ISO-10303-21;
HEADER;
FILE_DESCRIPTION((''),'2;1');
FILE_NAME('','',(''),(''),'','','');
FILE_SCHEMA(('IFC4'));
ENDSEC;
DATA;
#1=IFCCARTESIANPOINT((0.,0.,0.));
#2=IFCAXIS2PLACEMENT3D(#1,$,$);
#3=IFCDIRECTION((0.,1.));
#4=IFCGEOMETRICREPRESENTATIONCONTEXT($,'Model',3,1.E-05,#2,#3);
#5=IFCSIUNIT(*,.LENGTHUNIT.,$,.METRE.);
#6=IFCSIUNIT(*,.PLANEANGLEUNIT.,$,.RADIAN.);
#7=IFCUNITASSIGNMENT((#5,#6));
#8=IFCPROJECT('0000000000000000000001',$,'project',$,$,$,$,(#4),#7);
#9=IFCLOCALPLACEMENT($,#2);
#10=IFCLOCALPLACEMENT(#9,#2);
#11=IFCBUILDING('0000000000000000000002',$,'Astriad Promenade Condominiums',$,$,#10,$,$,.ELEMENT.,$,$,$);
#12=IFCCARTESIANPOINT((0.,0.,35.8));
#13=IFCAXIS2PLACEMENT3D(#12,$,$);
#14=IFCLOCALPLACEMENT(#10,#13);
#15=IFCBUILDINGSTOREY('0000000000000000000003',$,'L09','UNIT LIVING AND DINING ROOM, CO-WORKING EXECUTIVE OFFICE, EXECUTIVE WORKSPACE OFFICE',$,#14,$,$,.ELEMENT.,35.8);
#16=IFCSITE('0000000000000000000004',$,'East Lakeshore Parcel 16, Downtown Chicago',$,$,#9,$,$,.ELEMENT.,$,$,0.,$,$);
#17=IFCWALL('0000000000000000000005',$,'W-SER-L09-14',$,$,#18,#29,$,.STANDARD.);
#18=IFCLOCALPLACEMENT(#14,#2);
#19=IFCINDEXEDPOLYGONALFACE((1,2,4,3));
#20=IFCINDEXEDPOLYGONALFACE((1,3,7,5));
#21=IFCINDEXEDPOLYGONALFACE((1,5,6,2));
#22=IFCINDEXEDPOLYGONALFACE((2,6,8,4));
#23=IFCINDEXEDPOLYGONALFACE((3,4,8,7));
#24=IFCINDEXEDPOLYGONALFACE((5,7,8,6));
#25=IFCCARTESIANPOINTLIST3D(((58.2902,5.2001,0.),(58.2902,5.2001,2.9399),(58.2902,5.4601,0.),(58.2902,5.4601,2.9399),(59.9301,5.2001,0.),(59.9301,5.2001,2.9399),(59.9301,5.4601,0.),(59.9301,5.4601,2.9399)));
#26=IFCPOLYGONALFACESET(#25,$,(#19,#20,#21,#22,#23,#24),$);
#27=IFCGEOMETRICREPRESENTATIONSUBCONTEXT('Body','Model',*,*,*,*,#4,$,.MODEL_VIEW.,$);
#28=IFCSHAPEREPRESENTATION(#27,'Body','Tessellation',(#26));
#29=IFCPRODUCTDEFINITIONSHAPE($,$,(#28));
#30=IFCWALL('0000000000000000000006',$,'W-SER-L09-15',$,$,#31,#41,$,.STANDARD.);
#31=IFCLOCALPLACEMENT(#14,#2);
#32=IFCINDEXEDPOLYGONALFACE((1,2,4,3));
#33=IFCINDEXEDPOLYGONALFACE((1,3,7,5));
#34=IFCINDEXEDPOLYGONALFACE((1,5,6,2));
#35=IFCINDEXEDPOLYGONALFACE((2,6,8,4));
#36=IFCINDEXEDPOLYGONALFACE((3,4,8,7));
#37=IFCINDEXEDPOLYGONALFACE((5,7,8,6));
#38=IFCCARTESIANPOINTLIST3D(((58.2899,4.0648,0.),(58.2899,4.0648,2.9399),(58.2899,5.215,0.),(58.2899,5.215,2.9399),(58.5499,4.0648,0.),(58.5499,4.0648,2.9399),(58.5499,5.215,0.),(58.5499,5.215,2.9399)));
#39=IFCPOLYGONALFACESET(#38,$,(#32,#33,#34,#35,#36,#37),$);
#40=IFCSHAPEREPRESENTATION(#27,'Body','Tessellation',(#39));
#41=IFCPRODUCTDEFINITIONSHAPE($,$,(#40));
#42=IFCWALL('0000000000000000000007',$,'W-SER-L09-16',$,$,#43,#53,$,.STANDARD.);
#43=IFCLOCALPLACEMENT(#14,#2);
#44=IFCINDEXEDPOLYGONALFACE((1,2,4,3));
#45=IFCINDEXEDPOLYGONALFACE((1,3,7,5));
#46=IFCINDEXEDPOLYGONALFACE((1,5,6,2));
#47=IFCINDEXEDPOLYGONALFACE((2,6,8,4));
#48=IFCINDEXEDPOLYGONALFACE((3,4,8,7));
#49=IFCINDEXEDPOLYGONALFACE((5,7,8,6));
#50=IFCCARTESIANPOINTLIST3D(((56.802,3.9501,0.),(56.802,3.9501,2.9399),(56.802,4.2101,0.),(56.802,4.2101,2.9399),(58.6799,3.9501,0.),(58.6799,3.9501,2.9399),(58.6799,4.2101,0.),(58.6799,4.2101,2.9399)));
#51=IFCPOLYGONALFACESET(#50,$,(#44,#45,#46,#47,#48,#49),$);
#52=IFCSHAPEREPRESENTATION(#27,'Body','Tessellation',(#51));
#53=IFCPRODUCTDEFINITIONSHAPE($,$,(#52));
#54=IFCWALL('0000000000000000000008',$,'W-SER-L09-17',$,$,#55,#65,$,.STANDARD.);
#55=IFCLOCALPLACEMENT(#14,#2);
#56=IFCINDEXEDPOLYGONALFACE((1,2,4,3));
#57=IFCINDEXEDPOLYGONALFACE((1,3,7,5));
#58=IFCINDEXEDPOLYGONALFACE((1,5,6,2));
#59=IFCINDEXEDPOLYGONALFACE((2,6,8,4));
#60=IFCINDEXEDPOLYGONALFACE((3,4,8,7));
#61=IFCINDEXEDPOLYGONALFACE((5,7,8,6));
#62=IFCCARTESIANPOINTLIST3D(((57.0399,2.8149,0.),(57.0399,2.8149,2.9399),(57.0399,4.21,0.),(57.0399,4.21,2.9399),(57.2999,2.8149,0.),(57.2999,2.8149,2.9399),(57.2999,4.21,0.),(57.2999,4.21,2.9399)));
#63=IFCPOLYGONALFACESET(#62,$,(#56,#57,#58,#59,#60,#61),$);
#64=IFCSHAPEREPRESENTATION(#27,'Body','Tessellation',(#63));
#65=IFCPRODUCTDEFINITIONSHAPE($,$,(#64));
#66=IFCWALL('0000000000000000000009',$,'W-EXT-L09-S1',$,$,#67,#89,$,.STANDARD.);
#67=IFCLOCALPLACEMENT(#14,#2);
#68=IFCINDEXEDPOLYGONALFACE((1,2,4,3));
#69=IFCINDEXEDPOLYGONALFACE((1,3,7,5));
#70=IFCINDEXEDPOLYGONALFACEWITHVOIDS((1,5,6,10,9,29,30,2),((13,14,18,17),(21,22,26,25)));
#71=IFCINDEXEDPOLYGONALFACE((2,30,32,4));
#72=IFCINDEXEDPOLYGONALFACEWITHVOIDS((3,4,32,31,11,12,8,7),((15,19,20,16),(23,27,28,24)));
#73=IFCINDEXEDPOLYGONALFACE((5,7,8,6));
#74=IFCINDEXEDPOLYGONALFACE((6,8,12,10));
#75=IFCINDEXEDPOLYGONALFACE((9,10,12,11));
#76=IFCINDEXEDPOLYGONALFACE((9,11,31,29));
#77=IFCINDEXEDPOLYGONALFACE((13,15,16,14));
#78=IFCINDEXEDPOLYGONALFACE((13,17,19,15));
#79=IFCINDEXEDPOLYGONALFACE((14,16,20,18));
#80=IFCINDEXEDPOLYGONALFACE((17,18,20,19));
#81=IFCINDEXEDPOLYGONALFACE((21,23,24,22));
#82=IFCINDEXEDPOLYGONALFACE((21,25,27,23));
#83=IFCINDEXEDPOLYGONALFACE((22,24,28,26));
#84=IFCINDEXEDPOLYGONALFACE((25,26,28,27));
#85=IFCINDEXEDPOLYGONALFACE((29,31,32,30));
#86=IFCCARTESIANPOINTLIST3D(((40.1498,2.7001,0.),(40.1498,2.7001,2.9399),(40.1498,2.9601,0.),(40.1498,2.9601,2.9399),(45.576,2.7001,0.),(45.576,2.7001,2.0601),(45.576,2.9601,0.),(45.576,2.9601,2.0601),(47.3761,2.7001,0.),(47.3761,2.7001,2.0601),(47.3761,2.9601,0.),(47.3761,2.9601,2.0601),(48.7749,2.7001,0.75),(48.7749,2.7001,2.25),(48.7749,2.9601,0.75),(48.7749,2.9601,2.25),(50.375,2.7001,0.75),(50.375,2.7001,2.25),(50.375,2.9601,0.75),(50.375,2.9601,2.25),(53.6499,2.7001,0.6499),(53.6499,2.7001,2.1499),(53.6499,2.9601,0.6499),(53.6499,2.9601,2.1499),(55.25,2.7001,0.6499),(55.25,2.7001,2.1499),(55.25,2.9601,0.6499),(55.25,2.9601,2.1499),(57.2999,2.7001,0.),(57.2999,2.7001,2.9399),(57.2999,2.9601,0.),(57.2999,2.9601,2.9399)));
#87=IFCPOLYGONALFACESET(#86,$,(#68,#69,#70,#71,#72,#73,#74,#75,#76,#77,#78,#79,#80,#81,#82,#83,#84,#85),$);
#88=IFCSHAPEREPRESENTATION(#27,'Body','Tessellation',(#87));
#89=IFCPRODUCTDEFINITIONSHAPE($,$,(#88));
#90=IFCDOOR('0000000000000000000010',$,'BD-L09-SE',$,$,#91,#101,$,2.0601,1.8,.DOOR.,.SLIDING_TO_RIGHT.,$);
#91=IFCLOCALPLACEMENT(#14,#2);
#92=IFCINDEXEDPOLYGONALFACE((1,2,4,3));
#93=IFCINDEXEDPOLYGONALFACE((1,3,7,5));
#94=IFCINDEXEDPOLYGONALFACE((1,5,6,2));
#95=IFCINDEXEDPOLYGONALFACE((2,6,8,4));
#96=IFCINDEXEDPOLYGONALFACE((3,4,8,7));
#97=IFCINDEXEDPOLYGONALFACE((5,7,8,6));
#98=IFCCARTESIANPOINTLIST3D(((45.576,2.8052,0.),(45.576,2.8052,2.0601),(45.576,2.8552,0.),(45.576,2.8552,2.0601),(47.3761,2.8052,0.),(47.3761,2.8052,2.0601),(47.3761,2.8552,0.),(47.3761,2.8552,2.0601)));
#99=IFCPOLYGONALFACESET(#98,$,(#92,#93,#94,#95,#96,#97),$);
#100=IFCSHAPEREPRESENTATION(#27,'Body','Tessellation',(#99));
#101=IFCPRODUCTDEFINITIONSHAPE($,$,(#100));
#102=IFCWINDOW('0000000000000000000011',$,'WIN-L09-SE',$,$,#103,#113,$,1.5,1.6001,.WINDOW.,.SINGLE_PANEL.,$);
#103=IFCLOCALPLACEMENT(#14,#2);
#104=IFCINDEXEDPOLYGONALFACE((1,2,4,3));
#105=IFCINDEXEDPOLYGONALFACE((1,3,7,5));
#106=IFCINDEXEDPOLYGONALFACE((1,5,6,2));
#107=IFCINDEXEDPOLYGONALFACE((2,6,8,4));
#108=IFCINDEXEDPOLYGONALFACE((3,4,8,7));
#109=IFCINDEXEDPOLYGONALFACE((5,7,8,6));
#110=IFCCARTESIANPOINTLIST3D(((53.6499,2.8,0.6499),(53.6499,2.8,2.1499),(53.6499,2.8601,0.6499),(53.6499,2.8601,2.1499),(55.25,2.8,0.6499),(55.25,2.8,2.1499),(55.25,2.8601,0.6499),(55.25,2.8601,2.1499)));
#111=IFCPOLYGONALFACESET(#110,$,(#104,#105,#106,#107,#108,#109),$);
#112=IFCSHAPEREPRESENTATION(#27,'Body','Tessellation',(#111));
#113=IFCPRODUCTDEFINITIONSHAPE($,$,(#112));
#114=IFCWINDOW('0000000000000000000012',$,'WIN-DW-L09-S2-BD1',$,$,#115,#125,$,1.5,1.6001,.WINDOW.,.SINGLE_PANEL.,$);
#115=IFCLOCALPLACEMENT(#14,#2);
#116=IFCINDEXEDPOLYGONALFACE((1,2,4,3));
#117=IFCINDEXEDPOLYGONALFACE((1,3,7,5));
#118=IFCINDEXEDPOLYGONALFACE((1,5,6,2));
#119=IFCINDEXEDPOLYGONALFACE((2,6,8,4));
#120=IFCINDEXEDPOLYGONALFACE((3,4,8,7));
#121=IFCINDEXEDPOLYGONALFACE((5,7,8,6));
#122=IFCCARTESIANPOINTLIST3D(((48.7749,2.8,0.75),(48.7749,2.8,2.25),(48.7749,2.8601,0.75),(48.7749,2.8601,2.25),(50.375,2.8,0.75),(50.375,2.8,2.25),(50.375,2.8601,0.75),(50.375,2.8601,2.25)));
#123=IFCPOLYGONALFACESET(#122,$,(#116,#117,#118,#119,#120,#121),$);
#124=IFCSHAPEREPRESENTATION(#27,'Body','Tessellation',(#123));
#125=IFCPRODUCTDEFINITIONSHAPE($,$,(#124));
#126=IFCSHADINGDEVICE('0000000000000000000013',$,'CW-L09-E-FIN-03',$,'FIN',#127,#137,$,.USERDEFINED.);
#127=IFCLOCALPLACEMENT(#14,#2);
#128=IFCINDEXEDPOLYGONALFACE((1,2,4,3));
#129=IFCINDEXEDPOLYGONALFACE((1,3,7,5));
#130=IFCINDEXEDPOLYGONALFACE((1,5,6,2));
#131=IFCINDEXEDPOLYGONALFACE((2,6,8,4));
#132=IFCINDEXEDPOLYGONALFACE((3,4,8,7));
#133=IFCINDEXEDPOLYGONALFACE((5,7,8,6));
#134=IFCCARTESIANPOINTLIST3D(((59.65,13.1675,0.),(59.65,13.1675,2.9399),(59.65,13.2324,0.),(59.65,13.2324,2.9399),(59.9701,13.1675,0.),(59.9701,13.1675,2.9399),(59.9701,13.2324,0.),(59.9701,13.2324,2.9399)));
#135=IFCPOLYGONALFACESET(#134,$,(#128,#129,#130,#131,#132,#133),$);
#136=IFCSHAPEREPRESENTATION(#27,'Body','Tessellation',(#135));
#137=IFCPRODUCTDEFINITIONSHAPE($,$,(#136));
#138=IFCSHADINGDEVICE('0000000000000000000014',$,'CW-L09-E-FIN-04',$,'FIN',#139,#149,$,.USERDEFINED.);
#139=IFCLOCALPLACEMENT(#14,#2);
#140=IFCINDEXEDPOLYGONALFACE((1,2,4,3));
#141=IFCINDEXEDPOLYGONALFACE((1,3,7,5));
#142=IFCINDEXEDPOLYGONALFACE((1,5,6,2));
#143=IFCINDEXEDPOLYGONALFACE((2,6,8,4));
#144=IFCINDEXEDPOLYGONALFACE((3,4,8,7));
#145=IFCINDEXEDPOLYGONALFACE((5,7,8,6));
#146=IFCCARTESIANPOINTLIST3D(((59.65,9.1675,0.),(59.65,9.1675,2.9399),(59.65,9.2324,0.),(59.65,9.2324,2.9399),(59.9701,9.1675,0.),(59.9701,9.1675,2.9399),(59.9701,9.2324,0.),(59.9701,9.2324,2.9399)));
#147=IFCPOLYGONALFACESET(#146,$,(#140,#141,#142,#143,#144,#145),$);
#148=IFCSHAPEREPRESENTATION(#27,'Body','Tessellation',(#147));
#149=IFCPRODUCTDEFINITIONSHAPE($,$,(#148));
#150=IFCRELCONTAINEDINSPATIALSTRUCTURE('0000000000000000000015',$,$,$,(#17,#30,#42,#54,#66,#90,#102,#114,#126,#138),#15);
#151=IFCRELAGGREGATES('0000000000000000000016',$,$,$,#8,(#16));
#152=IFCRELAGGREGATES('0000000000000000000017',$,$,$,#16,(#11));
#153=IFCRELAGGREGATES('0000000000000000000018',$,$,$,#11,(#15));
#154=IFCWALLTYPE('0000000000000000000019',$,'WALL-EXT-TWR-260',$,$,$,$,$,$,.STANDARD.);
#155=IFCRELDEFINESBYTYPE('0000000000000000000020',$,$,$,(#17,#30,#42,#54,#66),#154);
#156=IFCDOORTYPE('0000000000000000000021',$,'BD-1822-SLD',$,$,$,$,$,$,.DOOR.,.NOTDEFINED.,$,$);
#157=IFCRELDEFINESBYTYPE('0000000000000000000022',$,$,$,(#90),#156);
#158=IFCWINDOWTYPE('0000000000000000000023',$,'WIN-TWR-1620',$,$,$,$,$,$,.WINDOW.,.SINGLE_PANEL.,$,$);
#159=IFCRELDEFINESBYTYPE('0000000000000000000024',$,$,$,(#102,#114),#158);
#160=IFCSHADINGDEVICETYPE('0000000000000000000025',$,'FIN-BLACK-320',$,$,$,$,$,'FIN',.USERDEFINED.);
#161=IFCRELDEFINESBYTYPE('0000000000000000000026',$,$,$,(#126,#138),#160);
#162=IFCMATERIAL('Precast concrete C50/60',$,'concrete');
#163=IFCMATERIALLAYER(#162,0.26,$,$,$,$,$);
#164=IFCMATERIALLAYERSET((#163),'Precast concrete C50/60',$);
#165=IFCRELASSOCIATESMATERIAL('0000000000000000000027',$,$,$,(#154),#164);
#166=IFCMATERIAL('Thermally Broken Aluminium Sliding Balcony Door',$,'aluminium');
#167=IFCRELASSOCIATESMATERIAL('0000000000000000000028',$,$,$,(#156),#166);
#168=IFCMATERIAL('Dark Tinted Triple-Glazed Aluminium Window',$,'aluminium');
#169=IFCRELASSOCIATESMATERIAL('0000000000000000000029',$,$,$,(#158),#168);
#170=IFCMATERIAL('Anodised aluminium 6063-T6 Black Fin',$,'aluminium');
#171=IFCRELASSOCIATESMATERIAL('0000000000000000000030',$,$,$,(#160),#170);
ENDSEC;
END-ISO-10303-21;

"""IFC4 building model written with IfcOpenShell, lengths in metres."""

from ifc_helpers import new_model, si_unit, direction, frame, frame_2d, origin, origin_2d, place, context, subcontext, project, spatial, rectangle, extrude, source, transform, mapped, material, layer, layer_set, type_object, type_shapes, element, fill, save


model = new_model("IFC4")

# Units and contexts
model_context = context("Model", 3, precision=1e-05, world=origin(), true_north=direction((0.0, 1.0)))
body_context = subcontext(model_context, "Body", "Model", "MODEL_VIEW")
ifc_project = project(units=[si_unit("LENGTHUNIT", "METRE"), si_unit("PLANEANGLEUNIT", "RADIAN")], contexts=[model_context])

# Site, building, storey
site_placement = place(None, origin())
site = spatial("IfcSite", under=ifc_project, at=site_placement, Name="East Lakeshore Parcel 16, Downtown Chicago", CompositionType="ELEMENT", RefElevation=0.0)
building_placement = place(site_placement, origin())
building = spatial("IfcBuilding", under=site, at=building_placement, Name="Astriad Promenade Condominiums", CompositionType="ELEMENT")
storey_placement = place(building_placement, frame((0.0, 0.0, 35.8)))
storey = spatial("IfcBuildingStorey", under=building, at=storey_placement, Name="L09", Description="UNIT LIVING AND DINING ROOM, CO-WORKING EXECUTIVE OFFICE, EXECUTIVE WORKSPACE OFFICE", CompositionType="ELEMENT", Elevation=35.8)

# Walls
ifc_material_1 = material(Name="Precast concrete C50/60", Category="concrete")
ifc_layer_1 = layer(ifc_material_1, 0.26)
ifc_layer_set_1 = layer_set([ifc_layer_1], Name="Precast concrete C50/60")
wall_type = type_object("IfcWallType", Name="WALL-EXT-TWR-260", PredefinedType="STANDARD", material=ifc_layer_set_1)
wall_1_placement = place(storey_placement, frame((59.9299, 5.3301, 0.0), z_axis=(0.0, 0.0, 1.0), x_axis=(-1.0, 0.0, 0.0)))
element("IfcWall", 1, at=wall_1_placement, inside=storey, type_object=wall_type, Name="W-SER-L09-14", PredefinedType="STANDARD", context=body_context, shape_type="SweptSolid", body=[
    extrude(rectangle(XDim=1.6399, YDim=0.26, at=frame_2d((0.8198, 0.0))), origin(), (0.0, 0.0, 1.0), 2.9399),
])
wall_2_placement = place(storey_placement, frame((58.4199, 5.2151, 0.0), z_axis=(0.0, 0.0, 1.0), x_axis=(0.0, -1.0, 0.0)))
element("IfcWall", 2, at=wall_2_placement, inside=storey, type_object=wall_type, Name="W-SER-L09-15", PredefinedType="STANDARD", context=body_context, shape_type="SweptSolid", body=[
    extrude(rectangle(XDim=1.1501, YDim=0.26, at=frame_2d((0.5752, 0.0))), origin(), (0.0, 0.0, 1.0), 2.9399),
])
wall_3_placement = place(storey_placement, frame((58.6799, 4.0801, 0.0), z_axis=(0.0, 0.0, 1.0), x_axis=(-1.0, 0.0, 0.0)))
element("IfcWall", 3, at=wall_3_placement, inside=storey, type_object=wall_type, Name="W-SER-L09-16", PredefinedType="STANDARD", context=body_context, shape_type="SweptSolid", body=[
    extrude(rectangle(XDim=1.8779, YDim=0.26, at=frame_2d((0.939, 0.0))), origin(), (0.0, 0.0, 1.0), 2.9399),
])
wall_4_placement = place(storey_placement, frame((57.1699, 4.21, 0.0), z_axis=(0.0, 0.0, 1.0), x_axis=(0.0, -1.0, 0.0)))
element("IfcWall", 4, at=wall_4_placement, inside=storey, type_object=wall_type, Name="W-SER-L09-17", PredefinedType="STANDARD", context=body_context, shape_type="SweptSolid", body=[
    extrude(rectangle(XDim=1.395, YDim=0.26, at=frame_2d((0.6975, 0.0))), origin(), (0.0, 0.0, 1.0), 2.9399),
])

# Wall, openings, door, windows
wall_5_placement = place(storey_placement, frame((57.3, 2.8301, 0.0), z_axis=(0.0, 0.0, 1.0), x_axis=(-1.0, 0.0, 0.0)))
wall_5 = element("IfcWall", 5, at=wall_5_placement, inside=storey, type_object=wall_type, Name="W-EXT-L09-S1", PredefinedType="STANDARD", context=body_context, shape_type="SweptSolid", body=[
    extrude(rectangle(XDim=17.1501, YDim=0.26, at=frame_2d((8.5752, 0.0))), origin(), (0.0, 0.0, 1.0), 2.9399),
])
opening_1_placement = place(wall_5_placement, frame((9.9241, 0.0, 0.0)))
opening_1 = element("IfcOpeningElement", 6, at=opening_1_placement, cuts=wall_5, PredefinedType="OPENING", context=body_context, shape_type="SweptSolid", body=[
    extrude(rectangle(XDim=1.8, YDim=2.0601, at=frame_2d((0.8999, 1.03))), frame((0.0, 0.1399, 0.0), z_axis=(0.0, -1.0, 0.0), x_axis=(1.0, 0.0, 0.0)), (0.0, 0.0, 1.0), 0.28),
])
opening_2_placement = place(wall_5_placement, frame((2.05, 0.0, 0.6499)))
opening_2 = element("IfcOpeningElement", 7, at=opening_2_placement, cuts=wall_5, PredefinedType="OPENING", context=body_context, shape_type="SweptSolid", body=[
    extrude(rectangle(XDim=1.6001, YDim=1.5, at=frame_2d((0.8, 0.75))), frame((0.0, 0.1399, 0.0), z_axis=(0.0, -1.0, 0.0), x_axis=(1.0, 0.0, 0.0)), (0.0, 0.0, 1.0), 0.28),
])
opening_3_placement = place(wall_5_placement, frame((6.925, 0.0, 0.75)))
opening_3 = element("IfcOpeningElement", 8, at=opening_3_placement, cuts=wall_5, PredefinedType="OPENING", context=body_context, shape_type="SweptSolid", body=[
    extrude(rectangle(XDim=1.6001, YDim=1.5, at=frame_2d((0.8, 0.75))), frame((0.0, 0.1399, 0.0), z_axis=(0.0, -1.0, 0.0), x_axis=(1.0, 0.0, 0.0)), (0.0, 0.0, 1.0), 0.28),
])
ifc_material_2 = material(Name="Thermally Broken Aluminium Sliding Balcony Door", Category="aluminium")
door_type = type_object("IfcDoorType", Name="BD-1822-SLD", OperationType="NOTDEFINED", PredefinedType="DOOR", material=ifc_material_2)
shared_shape_1 = source(origin(), body_context, "Body", "SweptSolid", [
    extrude(rectangle(XDim=1.8, YDim=2.0601, at=frame_2d((0.8999, 1.03))), frame((0.0, 0.0249, 0.0), z_axis=(0.0, -1.0, 0.0), x_axis=(1.0, 0.0, 0.0)), (0.0, 0.0, 1.0), 0.05),
])
type_shapes(door_type, [shared_shape_1])
door_placement = place(opening_1_placement, origin())
door = element("IfcDoor", 9, at=door_placement, inside=storey, type_object=door_type, Name="BD-L09-SE", OperationType="SLIDING_TO_RIGHT", OverallHeight=2.0601, OverallWidth=1.8, PredefinedType="DOOR", context=body_context, shape_type="MappedRepresentation", body=[
    mapped(shared_shape_1, transform((0.0, 0.0, 0.0), scale=1.0)),
])
fill(opening_1, door)
ifc_material_3 = material(Name="Dark Tinted Triple-Glazed Aluminium Window", Category="aluminium")
window_type = type_object("IfcWindowType", Name="WIN-TWR-1620", PartitioningType="SINGLE_PANEL", PredefinedType="WINDOW", material=ifc_material_3)
shared_shape_2 = source(origin(), body_context, "Body", "SweptSolid", [
    extrude(rectangle(XDim=1.6001, YDim=1.5, at=frame_2d((0.8, 0.75))), frame((0.0, 0.03, 0.0), z_axis=(0.0, -1.0, 0.0), x_axis=(1.0, 0.0, 0.0)), (0.0, 0.0, 1.0), 0.0601),
])
type_shapes(window_type, [shared_shape_2])
window_1_placement = place(opening_2_placement, origin())
window_1 = element("IfcWindow", 10, at=window_1_placement, inside=storey, type_object=window_type, Name="WIN-L09-SE", OverallHeight=1.5, OverallWidth=1.6001, PartitioningType="SINGLE_PANEL", PredefinedType="WINDOW", context=body_context, shape_type="MappedRepresentation", body=[
    mapped(shared_shape_2, transform((0.0, 0.0, 0.0), scale=1.0)),
])
fill(opening_2, window_1)
window_2_placement = place(opening_3_placement, origin())
window_2 = element("IfcWindow", 11, at=window_2_placement, inside=storey, type_object=window_type, Name="WIN-DW-L09-S2-BD1", OverallHeight=1.5, OverallWidth=1.6001, PartitioningType="SINGLE_PANEL", PredefinedType="WINDOW", context=body_context, shape_type="MappedRepresentation", body=[
    mapped(shared_shape_2, transform((0.0, 0.0, 0.0), scale=1.0)),
])
fill(opening_3, window_2)

# Shading devices
ifc_material_4 = material(Name="Anodised aluminium 6063-T6 Black Fin", Category="aluminium")
shading_device_type = type_object("IfcShadingDeviceType", Name="FIN-BLACK-320", ElementType="FIN", PredefinedType="USERDEFINED", material=ifc_material_4)
shared_shape_3 = source(origin(), body_context, "Body", "SweptSolid", [
    extrude(rectangle(XDim=0.0649, YDim=0.3201, at=origin_2d()), origin(), (0.0, 0.0, 1.0), 2.9399),
])
type_shapes(shading_device_type, [shared_shape_3])
for number, where, z_axis, x_axis, name in (
    (12, (59.8101, 13.2, 0.0), (0.0, 0.0, 1.0), (0.0, -1.0, 0.0), "CW-L09-E-FIN-03"),
    (13, (59.8101, 9.2, 0.0), (0.0, 0.0, 1.0), (0.0, -1.0, 0.0), "CW-L09-E-FIN-04"),
):
    element("IfcShadingDevice", number, at=place(storey_placement, frame(where, z_axis=z_axis, x_axis=x_axis)), inside=storey, type_object=shading_device_type, Name=name, ObjectType="FIN", PredefinedType="USERDEFINED", context=body_context, shape_type="MappedRepresentation", body=[
        mapped(shared_shape_3, transform((0.0, 0.0, 0.0), scale=1.0)),
    ])

save(model, "model.ifc")
